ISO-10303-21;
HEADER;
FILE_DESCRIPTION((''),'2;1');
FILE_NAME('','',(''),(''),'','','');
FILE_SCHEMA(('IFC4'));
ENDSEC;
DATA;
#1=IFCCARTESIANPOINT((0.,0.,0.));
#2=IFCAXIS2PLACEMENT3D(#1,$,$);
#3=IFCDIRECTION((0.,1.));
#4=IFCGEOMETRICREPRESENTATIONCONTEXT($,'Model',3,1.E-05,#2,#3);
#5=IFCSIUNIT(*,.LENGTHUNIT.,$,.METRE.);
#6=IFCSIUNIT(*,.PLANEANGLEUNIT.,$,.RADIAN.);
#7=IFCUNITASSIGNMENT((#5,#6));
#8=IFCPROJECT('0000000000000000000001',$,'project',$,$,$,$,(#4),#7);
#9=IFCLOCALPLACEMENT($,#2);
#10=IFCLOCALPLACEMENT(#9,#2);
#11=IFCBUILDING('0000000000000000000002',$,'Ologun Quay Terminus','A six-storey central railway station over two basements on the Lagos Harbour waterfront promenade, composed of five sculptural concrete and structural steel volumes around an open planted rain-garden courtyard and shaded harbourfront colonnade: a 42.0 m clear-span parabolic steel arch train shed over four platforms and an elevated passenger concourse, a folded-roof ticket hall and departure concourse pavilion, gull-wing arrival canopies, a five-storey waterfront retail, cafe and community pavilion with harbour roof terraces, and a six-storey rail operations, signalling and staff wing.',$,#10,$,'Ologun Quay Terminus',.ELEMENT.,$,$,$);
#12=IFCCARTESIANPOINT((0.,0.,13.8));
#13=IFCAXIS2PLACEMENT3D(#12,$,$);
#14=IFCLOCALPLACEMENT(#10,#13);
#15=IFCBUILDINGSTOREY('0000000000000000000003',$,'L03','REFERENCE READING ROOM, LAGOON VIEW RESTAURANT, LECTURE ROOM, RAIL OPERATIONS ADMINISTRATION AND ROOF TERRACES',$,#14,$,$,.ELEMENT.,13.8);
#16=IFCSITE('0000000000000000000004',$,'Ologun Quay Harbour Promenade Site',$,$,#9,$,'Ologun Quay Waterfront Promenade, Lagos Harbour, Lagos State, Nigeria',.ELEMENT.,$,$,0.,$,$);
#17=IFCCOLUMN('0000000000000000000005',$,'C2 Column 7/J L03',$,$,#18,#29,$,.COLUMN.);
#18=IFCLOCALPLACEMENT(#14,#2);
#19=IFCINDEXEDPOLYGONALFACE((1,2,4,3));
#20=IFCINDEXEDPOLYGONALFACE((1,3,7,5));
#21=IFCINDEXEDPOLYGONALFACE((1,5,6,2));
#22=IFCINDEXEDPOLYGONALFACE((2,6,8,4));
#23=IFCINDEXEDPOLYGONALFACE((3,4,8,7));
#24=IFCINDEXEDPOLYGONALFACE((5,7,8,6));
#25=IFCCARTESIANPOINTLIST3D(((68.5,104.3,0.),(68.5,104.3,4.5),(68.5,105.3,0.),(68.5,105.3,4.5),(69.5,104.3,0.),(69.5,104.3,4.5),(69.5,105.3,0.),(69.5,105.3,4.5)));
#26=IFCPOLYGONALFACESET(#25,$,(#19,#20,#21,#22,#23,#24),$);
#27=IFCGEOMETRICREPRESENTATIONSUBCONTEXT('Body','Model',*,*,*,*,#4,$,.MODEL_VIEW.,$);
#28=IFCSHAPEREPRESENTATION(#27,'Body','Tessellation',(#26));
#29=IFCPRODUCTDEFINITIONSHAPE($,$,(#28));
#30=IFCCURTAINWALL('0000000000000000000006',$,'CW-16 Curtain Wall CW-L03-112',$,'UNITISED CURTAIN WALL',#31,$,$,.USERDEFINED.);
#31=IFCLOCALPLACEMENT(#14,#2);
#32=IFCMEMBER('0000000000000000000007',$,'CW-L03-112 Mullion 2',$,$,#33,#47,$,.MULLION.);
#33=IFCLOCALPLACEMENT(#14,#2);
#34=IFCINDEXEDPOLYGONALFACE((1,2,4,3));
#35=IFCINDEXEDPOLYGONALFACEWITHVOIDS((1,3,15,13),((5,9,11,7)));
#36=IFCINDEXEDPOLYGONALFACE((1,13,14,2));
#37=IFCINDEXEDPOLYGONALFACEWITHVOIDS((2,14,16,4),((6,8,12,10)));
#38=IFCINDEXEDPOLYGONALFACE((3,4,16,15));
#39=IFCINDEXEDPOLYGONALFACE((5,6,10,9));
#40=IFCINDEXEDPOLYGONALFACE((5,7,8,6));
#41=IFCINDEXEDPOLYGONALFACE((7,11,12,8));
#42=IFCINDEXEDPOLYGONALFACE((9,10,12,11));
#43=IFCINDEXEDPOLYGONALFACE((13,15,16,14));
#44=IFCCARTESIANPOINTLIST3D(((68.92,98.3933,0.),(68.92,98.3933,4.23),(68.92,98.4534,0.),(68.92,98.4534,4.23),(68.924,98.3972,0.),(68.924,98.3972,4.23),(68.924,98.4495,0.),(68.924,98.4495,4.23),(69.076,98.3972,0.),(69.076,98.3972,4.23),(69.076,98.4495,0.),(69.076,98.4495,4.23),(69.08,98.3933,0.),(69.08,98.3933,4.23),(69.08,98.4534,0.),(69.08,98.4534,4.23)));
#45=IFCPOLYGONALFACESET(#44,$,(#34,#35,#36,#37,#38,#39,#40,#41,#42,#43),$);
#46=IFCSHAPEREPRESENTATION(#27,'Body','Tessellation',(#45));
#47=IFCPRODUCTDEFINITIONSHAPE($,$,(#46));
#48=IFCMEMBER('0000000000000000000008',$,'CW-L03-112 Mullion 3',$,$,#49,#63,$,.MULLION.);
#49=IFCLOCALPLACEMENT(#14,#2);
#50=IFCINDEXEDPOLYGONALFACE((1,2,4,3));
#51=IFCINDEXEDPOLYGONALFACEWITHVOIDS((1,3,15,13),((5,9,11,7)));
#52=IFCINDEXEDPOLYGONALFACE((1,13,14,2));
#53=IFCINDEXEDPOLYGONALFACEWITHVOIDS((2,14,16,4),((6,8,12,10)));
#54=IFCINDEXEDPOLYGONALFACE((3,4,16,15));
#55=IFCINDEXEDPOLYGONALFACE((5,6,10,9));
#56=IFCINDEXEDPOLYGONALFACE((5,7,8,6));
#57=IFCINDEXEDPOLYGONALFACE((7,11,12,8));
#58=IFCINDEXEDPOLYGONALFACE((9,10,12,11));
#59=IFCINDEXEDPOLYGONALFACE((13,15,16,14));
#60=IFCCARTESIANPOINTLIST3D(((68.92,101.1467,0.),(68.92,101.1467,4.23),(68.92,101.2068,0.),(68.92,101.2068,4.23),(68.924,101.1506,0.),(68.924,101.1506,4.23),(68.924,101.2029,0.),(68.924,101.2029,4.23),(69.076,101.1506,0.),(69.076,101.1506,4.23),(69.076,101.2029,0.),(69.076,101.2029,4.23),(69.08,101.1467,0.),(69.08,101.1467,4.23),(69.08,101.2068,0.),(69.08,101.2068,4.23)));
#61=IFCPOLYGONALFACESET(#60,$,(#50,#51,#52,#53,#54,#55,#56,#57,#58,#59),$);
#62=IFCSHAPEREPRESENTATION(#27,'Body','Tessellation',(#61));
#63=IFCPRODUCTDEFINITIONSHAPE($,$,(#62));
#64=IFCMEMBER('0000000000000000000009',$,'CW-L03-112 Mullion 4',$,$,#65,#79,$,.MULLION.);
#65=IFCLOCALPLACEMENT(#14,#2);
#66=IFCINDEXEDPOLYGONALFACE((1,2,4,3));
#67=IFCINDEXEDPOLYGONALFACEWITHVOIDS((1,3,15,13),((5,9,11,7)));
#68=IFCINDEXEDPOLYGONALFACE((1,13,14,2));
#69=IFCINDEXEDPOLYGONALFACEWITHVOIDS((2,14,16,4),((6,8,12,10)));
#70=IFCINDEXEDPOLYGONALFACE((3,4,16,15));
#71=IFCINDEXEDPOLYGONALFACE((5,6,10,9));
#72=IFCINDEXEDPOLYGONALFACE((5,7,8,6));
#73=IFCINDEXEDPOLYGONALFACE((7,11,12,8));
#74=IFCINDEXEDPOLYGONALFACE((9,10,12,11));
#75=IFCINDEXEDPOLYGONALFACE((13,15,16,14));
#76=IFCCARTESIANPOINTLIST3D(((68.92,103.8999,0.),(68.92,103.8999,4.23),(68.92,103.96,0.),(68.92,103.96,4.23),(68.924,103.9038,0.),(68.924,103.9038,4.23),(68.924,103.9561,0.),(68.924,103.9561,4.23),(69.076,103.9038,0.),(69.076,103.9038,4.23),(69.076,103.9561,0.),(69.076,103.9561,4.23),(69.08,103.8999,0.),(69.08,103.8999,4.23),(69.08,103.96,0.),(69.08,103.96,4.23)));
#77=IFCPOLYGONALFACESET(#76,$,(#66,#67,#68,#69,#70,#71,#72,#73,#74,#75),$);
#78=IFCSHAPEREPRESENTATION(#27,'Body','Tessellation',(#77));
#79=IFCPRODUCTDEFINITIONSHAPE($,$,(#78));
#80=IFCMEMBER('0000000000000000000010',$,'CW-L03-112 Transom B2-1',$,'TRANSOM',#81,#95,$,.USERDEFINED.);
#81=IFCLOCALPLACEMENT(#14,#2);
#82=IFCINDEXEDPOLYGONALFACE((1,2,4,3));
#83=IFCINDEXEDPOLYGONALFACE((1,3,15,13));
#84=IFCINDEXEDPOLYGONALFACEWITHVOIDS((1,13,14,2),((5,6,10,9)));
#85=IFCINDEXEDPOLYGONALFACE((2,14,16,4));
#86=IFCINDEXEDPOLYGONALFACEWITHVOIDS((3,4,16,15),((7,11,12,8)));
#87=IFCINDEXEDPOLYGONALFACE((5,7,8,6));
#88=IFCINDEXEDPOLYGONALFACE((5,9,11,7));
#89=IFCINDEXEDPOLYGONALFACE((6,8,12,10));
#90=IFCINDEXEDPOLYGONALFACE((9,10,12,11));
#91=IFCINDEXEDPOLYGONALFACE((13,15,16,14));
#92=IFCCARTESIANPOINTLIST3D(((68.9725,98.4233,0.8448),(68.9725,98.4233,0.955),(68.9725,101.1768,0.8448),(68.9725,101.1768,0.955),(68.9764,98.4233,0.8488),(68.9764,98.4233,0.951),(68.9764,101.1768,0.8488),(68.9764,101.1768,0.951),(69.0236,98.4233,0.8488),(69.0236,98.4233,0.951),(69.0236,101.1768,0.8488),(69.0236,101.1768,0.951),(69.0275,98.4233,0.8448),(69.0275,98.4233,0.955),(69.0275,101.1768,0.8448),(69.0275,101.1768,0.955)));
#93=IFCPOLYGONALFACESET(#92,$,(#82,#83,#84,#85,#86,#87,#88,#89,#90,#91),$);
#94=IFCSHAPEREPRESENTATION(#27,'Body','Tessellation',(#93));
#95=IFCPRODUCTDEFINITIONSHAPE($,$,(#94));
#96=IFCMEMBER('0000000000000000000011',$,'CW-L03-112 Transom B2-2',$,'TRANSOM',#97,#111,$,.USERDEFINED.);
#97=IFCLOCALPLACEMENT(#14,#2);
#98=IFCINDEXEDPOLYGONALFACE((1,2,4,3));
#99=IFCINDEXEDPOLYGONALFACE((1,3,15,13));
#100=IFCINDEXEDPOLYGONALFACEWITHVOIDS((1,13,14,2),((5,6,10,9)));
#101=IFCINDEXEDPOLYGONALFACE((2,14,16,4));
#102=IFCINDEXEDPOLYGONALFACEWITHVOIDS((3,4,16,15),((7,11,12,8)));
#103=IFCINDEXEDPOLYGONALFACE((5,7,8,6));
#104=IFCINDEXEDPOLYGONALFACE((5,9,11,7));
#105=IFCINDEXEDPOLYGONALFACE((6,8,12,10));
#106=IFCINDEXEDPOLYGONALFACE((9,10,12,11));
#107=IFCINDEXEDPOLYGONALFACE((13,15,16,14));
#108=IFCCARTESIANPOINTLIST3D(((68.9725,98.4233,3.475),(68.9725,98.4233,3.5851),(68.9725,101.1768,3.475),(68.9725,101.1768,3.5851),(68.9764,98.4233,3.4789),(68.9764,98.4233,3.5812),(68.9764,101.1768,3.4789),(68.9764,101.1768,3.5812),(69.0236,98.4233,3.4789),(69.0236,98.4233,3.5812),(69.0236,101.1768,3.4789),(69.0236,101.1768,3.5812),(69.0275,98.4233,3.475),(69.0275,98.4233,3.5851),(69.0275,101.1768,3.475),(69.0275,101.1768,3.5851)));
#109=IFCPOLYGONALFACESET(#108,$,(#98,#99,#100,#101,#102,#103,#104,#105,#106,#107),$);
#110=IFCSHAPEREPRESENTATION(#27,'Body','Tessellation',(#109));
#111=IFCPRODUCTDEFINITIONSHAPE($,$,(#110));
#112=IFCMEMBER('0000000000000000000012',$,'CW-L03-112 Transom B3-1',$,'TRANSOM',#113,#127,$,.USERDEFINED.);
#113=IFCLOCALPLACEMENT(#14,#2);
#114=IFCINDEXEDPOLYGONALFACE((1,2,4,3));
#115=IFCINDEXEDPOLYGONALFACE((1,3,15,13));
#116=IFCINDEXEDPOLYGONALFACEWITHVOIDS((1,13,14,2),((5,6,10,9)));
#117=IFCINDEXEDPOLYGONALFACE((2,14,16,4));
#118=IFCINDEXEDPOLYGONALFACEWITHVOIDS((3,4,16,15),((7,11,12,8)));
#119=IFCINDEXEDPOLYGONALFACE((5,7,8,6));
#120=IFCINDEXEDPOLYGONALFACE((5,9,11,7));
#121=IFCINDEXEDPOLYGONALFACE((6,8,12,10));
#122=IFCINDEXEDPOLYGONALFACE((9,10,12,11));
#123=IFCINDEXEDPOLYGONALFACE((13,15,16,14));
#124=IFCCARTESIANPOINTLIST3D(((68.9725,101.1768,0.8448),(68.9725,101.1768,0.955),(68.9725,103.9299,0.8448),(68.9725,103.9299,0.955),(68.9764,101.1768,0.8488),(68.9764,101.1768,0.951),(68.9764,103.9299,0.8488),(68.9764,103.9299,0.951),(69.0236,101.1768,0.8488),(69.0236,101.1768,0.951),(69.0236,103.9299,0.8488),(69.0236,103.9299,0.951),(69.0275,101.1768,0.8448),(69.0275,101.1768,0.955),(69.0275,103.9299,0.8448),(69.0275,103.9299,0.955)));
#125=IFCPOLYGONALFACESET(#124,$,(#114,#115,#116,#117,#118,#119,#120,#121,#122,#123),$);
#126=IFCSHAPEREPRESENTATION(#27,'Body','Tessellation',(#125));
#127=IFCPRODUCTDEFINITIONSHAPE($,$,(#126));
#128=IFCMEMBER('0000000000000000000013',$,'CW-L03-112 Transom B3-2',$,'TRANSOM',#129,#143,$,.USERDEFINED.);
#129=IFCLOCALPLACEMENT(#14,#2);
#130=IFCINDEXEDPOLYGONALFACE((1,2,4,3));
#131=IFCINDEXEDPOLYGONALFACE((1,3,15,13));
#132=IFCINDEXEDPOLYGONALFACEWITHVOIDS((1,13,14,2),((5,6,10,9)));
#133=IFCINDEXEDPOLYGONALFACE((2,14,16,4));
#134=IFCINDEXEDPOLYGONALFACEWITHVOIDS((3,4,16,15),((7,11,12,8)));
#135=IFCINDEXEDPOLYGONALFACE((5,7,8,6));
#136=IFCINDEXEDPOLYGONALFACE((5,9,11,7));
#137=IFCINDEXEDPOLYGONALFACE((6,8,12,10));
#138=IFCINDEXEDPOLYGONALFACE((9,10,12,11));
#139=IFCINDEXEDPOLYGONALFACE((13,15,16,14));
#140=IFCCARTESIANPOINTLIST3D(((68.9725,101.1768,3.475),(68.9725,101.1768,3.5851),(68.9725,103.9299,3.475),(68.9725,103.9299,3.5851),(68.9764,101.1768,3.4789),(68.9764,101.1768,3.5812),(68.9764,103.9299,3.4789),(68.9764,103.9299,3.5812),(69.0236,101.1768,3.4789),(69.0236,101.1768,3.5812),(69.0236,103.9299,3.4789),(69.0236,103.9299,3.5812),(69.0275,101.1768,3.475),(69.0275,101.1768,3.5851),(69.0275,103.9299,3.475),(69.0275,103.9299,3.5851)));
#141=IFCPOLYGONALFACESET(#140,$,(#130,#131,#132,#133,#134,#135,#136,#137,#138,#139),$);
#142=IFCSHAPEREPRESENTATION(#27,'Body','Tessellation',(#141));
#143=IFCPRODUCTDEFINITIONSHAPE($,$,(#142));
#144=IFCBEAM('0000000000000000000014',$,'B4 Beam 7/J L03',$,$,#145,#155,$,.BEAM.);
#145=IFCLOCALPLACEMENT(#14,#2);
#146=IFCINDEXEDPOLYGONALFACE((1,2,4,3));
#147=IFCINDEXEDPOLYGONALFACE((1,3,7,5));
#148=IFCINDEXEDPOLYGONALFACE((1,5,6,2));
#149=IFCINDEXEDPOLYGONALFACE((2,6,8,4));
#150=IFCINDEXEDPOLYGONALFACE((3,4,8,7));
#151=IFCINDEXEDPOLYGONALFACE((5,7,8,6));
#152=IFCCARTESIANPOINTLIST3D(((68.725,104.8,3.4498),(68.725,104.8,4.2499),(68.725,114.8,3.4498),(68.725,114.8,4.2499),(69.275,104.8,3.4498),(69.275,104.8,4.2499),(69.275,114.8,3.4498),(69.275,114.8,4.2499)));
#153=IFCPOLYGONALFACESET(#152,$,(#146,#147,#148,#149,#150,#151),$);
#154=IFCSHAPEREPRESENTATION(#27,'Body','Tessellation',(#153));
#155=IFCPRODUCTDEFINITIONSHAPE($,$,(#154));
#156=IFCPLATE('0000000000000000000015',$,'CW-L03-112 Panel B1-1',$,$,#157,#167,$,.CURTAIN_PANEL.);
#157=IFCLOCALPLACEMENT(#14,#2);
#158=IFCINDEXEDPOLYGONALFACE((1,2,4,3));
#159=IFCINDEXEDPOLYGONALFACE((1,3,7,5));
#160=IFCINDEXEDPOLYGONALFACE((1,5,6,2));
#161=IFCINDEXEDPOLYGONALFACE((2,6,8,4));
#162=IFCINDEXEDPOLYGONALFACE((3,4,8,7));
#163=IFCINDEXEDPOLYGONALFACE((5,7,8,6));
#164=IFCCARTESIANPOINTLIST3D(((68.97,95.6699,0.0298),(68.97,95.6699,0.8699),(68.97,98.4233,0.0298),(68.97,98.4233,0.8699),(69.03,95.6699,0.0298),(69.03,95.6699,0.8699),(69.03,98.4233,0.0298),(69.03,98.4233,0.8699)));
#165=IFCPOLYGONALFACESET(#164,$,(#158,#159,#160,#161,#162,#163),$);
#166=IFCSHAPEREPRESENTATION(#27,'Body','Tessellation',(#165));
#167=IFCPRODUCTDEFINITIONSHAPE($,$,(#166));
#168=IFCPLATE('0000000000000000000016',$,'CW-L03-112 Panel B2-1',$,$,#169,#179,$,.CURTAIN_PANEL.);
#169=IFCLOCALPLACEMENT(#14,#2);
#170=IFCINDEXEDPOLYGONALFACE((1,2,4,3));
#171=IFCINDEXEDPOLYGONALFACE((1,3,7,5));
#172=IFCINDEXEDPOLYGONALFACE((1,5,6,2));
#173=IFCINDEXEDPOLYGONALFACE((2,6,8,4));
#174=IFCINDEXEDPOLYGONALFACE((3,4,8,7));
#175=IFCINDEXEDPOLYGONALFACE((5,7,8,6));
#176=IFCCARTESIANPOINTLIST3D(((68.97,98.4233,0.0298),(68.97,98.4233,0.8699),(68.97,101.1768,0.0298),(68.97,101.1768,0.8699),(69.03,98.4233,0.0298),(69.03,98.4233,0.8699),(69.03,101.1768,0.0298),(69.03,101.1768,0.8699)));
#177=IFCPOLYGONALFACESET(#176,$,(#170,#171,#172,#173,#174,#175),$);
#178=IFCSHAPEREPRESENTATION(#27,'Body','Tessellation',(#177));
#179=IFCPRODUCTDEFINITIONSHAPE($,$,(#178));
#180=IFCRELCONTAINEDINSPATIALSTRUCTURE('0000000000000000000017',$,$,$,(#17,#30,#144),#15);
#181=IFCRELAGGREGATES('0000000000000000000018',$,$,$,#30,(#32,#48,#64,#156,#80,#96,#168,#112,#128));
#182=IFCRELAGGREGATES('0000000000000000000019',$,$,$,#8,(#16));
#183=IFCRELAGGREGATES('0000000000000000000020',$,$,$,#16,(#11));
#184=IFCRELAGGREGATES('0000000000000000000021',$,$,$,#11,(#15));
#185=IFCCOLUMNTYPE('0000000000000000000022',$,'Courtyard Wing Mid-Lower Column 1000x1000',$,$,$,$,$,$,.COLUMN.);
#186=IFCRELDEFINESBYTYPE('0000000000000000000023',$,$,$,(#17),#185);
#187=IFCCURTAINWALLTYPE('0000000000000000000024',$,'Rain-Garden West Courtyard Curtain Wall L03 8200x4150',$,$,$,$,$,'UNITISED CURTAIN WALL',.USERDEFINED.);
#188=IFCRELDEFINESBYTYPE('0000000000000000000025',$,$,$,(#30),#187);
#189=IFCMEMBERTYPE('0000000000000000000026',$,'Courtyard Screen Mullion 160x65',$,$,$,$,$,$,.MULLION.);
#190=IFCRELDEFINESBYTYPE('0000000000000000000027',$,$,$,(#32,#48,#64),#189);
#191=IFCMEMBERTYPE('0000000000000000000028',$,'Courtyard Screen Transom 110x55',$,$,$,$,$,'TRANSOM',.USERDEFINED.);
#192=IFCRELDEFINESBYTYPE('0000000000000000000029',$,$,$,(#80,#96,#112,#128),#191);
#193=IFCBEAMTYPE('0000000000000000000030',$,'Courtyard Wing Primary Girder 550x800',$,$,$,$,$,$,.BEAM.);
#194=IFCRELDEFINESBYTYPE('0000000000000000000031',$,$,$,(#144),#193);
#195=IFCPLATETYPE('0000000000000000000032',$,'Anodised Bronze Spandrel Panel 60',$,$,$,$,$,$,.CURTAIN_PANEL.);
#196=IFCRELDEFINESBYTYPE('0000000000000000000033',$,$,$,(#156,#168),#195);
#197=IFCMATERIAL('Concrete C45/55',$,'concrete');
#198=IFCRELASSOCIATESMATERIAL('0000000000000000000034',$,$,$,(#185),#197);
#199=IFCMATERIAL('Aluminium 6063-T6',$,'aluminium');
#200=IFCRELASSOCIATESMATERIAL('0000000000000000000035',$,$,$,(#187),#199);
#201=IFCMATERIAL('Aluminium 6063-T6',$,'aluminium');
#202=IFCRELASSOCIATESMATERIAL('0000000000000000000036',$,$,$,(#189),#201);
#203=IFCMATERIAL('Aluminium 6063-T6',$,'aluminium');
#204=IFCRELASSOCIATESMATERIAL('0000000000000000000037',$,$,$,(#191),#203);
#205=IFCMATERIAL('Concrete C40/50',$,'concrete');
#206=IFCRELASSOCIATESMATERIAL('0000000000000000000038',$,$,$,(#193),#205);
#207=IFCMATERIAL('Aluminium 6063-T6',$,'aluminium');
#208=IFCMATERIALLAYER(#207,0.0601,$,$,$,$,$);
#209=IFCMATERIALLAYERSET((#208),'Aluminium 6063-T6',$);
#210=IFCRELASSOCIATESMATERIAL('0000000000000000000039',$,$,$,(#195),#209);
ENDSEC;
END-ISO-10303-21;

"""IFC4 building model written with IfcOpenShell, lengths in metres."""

from ifc_helpers import new_model, si_unit, direction, frame, origin, origin_2d, place, context, subcontext, project, spatial, rectangle, hollow_rectangle, extrude, material, layer, layer_set, material_profile, profile_set, type_object, element, aggregate, save


model = new_model("IFC4")

# Units and contexts
model_context = context("Model", 3, precision=1e-05, world=origin(), true_north=direction((0.0, 1.0)))
body_context = subcontext(model_context, "Body", "Model", "MODEL_VIEW")
ifc_project = project(units=[si_unit("LENGTHUNIT", "METRE"), si_unit("PLANEANGLEUNIT", "RADIAN")], contexts=[model_context])

# Site, building, storey
site_placement = place(None, origin())
site = spatial("IfcSite", under=ifc_project, at=site_placement, Name="Ologun Quay Harbour Promenade Site", LongName="Ologun Quay Waterfront Promenade, Lagos Harbour, Lagos State, Nigeria", CompositionType="ELEMENT", RefElevation=0.0)
building_placement = place(site_placement, origin())
building = spatial("IfcBuilding", under=site, at=building_placement, Name="Ologun Quay Terminus", Description="A six-storey central railway station over two basements on the Lagos Harbour waterfront promenade, composed of five sculptural concrete and structural steel volumes around an open planted rain-garden courtyard and shaded harbourfront colonnade: a 42.0 m clear-span parabolic steel arch train shed over four platforms and an elevated passenger concourse, a folded-roof ticket hall and departure concourse pavilion, gull-wing arrival canopies, a five-storey waterfront retail, cafe and community pavilion with harbour roof terraces, and a six-storey rail operations, signalling and staff wing.", LongName="Ologun Quay Terminus", CompositionType="ELEMENT")
storey_placement = place(building_placement, frame((0.0, 0.0, 13.8)))
storey = spatial("IfcBuildingStorey", under=building, at=storey_placement, Name="L03", Description="REFERENCE READING ROOM, LAGOON VIEW RESTAURANT, LECTURE ROOM, RAIL OPERATIONS ADMINISTRATION AND ROOF TERRACES", CompositionType="ELEMENT", Elevation=13.8)

# Column
ifc_material_1 = material(Name="Concrete C45/55", Category="concrete")
ifc_material_profile_1 = material_profile(ifc_material_1, rectangle(XDim=1.0, YDim=1.0, at=origin_2d()), Name="RC 1000x1000")
ifc_profile_set_1 = profile_set([ifc_material_profile_1], Name="Concrete C45/55")
column_type = type_object("IfcColumnType", Name="Courtyard Wing Mid-Lower Column 1000x1000", PredefinedType="COLUMN", material=ifc_profile_set_1)
column_placement = place(storey_placement, frame((69.0, 104.8, 0.0), z_axis=(0.0, 0.0, 1.0), x_axis=(1.0, 0.0, 0.0)))
element("IfcColumn", 1, at=column_placement, inside=storey, type_object=column_type, Name="C2 Column 7/J L03", PredefinedType="COLUMN", context=body_context, shape_type="SweptSolid", body=[
    extrude(rectangle(XDim=1.0, YDim=1.0, at=origin_2d()), origin(), (0.0, 0.0, 1.0), 4.5),
])

# Curtain wall, members
ifc_material_2 = material(Name="Aluminium 6063-T6", Category="aluminium")
curtain_wall_type = type_object("IfcCurtainWallType", Name="Rain-Garden West Courtyard Curtain Wall L03 8200x4150", ElementType="UNITISED CURTAIN WALL", PredefinedType="USERDEFINED", material=ifc_material_2)
curtain_wall_placement = place(storey_placement, origin())
curtain_wall = element("IfcCurtainWall", 2, at=curtain_wall_placement, inside=storey, type_object=curtain_wall_type, Name="CW-16 Curtain Wall CW-L03-112", ObjectType="UNITISED CURTAIN WALL", PredefinedType="USERDEFINED")
ifc_material_3 = material(Name="Aluminium 6063-T6", Category="aluminium")
ifc_material_profile_2 = material_profile(ifc_material_3, hollow_rectangle(XDim=0.0601, YDim=0.1599, WallThickness=0.0039, at=origin_2d()), Name="ALU 160x60x4")
ifc_profile_set_2 = profile_set([ifc_material_profile_2], Name="Aluminium 6063-T6")
member_type_1 = type_object("IfcMemberType", Name="Courtyard Screen Mullion 160x65", PredefinedType="MULLION", material=ifc_profile_set_2)
member_1_placement = place(storey_placement, frame((69.0, 98.4233, 0.0), z_axis=(0.0, 0.0, 1.0), x_axis=(0.0, 1.0, 0.0)))
member_1 = element("IfcMember", 3, at=member_1_placement, type_object=member_type_1, Name="CW-L03-112 Mullion 2", PredefinedType="MULLION", context=body_context, shape_type="SweptSolid", body=[
    extrude(hollow_rectangle(XDim=0.0601, YDim=0.1599, WallThickness=0.0039, at=origin_2d()), origin(), (0.0, 0.0, 1.0), 4.23),
])
member_2_placement = place(storey_placement, frame((69.0, 101.1768, 0.0), z_axis=(0.0, 0.0, 1.0), x_axis=(0.0, 1.0, 0.0)))
member_2 = element("IfcMember", 4, at=member_2_placement, type_object=member_type_1, Name="CW-L03-112 Mullion 3", PredefinedType="MULLION", context=body_context, shape_type="SweptSolid", body=[
    extrude(hollow_rectangle(XDim=0.0601, YDim=0.1599, WallThickness=0.0039, at=origin_2d()), origin(), (0.0, 0.0, 1.0), 4.23),
])
member_3_placement = place(storey_placement, frame((69.0, 103.9299, 0.0), z_axis=(0.0, 0.0, 1.0), x_axis=(0.0, 1.0, 0.0)))
member_3 = element("IfcMember", 5, at=member_3_placement, type_object=member_type_1, Name="CW-L03-112 Mullion 4", PredefinedType="MULLION", context=body_context, shape_type="SweptSolid", body=[
    extrude(hollow_rectangle(XDim=0.0601, YDim=0.1599, WallThickness=0.0039, at=origin_2d()), origin(), (0.0, 0.0, 1.0), 4.23),
])
ifc_material_4 = material(Name="Aluminium 6063-T6", Category="aluminium")
ifc_material_profile_3 = material_profile(ifc_material_4, hollow_rectangle(XDim=0.0549, YDim=0.1101, WallThickness=0.0039, at=origin_2d()), Name="ALU 110x55x4")
ifc_profile_set_3 = profile_set([ifc_material_profile_3], Name="Aluminium 6063-T6")
member_type_2 = type_object("IfcMemberType", Name="Courtyard Screen Transom 110x55", ElementType="TRANSOM", PredefinedType="USERDEFINED", material=ifc_profile_set_3)
member_4_placement = place(storey_placement, frame((69.0, 98.4233, 0.8999), z_axis=(0.0, 1.0, 0.0), x_axis=(-1.0, 0.0, 0.0)))
member_4 = element("IfcMember", 6, at=member_4_placement, type_object=member_type_2, Name="CW-L03-112 Transom B2-1", ObjectType="TRANSOM", PredefinedType="USERDEFINED", context=body_context, shape_type="SweptSolid", body=[
    extrude(hollow_rectangle(XDim=0.0549, YDim=0.1101, WallThickness=0.0039, at=origin_2d()), origin(), (0.0, 0.0, 1.0), 2.7534),
])
member_5_placement = place(storey_placement, frame((69.0, 98.4233, 3.53), z_axis=(0.0, 1.0, 0.0), x_axis=(-1.0, 0.0, 0.0)))
member_5 = element("IfcMember", 7, at=member_5_placement, type_object=member_type_2, Name="CW-L03-112 Transom B2-2", ObjectType="TRANSOM", PredefinedType="USERDEFINED", context=body_context, shape_type="SweptSolid", body=[
    extrude(hollow_rectangle(XDim=0.0549, YDim=0.1101, WallThickness=0.0039, at=origin_2d()), origin(), (0.0, 0.0, 1.0), 2.7534),
])
member_6_placement = place(storey_placement, frame((69.0, 101.1768, 0.8999), z_axis=(0.0, 1.0, 0.0), x_axis=(-1.0, 0.0, 0.0)))
member_6 = element("IfcMember", 8, at=member_6_placement, type_object=member_type_2, Name="CW-L03-112 Transom B3-1", ObjectType="TRANSOM", PredefinedType="USERDEFINED", context=body_context, shape_type="SweptSolid", body=[
    extrude(hollow_rectangle(XDim=0.0549, YDim=0.1101, WallThickness=0.0039, at=origin_2d()), origin(), (0.0, 0.0, 1.0), 2.7532),
])
member_7_placement = place(storey_placement, frame((69.0, 101.1768, 3.53), z_axis=(0.0, 1.0, 0.0), x_axis=(-1.0, 0.0, 0.0)))
member_7 = element("IfcMember", 9, at=member_7_placement, type_object=member_type_2, Name="CW-L03-112 Transom B3-2", ObjectType="TRANSOM", PredefinedType="USERDEFINED", context=body_context, shape_type="SweptSolid", body=[
    extrude(hollow_rectangle(XDim=0.0549, YDim=0.1101, WallThickness=0.0039, at=origin_2d()), origin(), (0.0, 0.0, 1.0), 2.7532),
])

# Beam
ifc_material_5 = material(Name="Concrete C40/50", Category="concrete")
ifc_material_profile_4 = material_profile(ifc_material_5, rectangle(XDim=0.55, YDim=0.8, at=origin_2d()), Name="RC 550x800")
ifc_profile_set_4 = profile_set([ifc_material_profile_4], Name="Concrete C40/50")
beam_type = type_object("IfcBeamType", Name="Courtyard Wing Primary Girder 550x800", PredefinedType="BEAM", material=ifc_profile_set_4)
beam_placement = place(storey_placement, frame((69.0, 104.8, 3.8499), z_axis=(0.0, 1.0, 0.0), x_axis=(-1.0, 0.0, 0.0)))
element("IfcBeam", 10, at=beam_placement, inside=storey, type_object=beam_type, Name="B4 Beam 7/J L03", PredefinedType="BEAM", context=body_context, shape_type="SweptSolid", body=[
    extrude(rectangle(XDim=0.55, YDim=0.8, at=origin_2d()), origin(), (0.0, 0.0, 1.0), 10.0),
])

# Plates
ifc_material_6 = material(Name="Aluminium 6063-T6", Category="aluminium")
ifc_layer_1 = layer(ifc_material_6, 0.0601)
ifc_layer_set_1 = layer_set([ifc_layer_1], Name="Aluminium 6063-T6")
plate_type_1 = type_object("IfcPlateType", Name="Anodised Bronze Spandrel Panel 60", PredefinedType="CURTAIN_PANEL", material=ifc_layer_set_1)
plate_1_placement = place(storey_placement, frame((69.0, 97.0466, 0.0298), z_axis=(0.0, 0.0, 1.0), x_axis=(0.0, 1.0, 0.0)))
plate_1 = element("IfcPlate", 11, at=plate_1_placement, type_object=plate_type_1, Name="CW-L03-112 Panel B1-1", PredefinedType="CURTAIN_PANEL", context=body_context, shape_type="SweptSolid", body=[
    extrude(rectangle(XDim=2.7534, YDim=0.0601, at=origin_2d()), origin(), (0.0, 0.0, 1.0), 0.8401),
])
plate_2_placement = place(storey_placement, frame((69.0, 99.8, 0.0298), z_axis=(0.0, 0.0, 1.0), x_axis=(0.0, 1.0, 0.0)))
plate_2 = element("IfcPlate", 12, at=plate_2_placement, type_object=plate_type_1, Name="CW-L03-112 Panel B2-1", PredefinedType="CURTAIN_PANEL", context=body_context, shape_type="SweptSolid", body=[
    extrude(rectangle(XDim=2.7534, YDim=0.0601, at=origin_2d()), origin(), (0.0, 0.0, 1.0), 0.8401),
])
aggregate(curtain_wall, [member_1, member_2, member_3, plate_1, member_4, member_5, plate_2, member_6, member_7])

save(model, "model.ifc")
